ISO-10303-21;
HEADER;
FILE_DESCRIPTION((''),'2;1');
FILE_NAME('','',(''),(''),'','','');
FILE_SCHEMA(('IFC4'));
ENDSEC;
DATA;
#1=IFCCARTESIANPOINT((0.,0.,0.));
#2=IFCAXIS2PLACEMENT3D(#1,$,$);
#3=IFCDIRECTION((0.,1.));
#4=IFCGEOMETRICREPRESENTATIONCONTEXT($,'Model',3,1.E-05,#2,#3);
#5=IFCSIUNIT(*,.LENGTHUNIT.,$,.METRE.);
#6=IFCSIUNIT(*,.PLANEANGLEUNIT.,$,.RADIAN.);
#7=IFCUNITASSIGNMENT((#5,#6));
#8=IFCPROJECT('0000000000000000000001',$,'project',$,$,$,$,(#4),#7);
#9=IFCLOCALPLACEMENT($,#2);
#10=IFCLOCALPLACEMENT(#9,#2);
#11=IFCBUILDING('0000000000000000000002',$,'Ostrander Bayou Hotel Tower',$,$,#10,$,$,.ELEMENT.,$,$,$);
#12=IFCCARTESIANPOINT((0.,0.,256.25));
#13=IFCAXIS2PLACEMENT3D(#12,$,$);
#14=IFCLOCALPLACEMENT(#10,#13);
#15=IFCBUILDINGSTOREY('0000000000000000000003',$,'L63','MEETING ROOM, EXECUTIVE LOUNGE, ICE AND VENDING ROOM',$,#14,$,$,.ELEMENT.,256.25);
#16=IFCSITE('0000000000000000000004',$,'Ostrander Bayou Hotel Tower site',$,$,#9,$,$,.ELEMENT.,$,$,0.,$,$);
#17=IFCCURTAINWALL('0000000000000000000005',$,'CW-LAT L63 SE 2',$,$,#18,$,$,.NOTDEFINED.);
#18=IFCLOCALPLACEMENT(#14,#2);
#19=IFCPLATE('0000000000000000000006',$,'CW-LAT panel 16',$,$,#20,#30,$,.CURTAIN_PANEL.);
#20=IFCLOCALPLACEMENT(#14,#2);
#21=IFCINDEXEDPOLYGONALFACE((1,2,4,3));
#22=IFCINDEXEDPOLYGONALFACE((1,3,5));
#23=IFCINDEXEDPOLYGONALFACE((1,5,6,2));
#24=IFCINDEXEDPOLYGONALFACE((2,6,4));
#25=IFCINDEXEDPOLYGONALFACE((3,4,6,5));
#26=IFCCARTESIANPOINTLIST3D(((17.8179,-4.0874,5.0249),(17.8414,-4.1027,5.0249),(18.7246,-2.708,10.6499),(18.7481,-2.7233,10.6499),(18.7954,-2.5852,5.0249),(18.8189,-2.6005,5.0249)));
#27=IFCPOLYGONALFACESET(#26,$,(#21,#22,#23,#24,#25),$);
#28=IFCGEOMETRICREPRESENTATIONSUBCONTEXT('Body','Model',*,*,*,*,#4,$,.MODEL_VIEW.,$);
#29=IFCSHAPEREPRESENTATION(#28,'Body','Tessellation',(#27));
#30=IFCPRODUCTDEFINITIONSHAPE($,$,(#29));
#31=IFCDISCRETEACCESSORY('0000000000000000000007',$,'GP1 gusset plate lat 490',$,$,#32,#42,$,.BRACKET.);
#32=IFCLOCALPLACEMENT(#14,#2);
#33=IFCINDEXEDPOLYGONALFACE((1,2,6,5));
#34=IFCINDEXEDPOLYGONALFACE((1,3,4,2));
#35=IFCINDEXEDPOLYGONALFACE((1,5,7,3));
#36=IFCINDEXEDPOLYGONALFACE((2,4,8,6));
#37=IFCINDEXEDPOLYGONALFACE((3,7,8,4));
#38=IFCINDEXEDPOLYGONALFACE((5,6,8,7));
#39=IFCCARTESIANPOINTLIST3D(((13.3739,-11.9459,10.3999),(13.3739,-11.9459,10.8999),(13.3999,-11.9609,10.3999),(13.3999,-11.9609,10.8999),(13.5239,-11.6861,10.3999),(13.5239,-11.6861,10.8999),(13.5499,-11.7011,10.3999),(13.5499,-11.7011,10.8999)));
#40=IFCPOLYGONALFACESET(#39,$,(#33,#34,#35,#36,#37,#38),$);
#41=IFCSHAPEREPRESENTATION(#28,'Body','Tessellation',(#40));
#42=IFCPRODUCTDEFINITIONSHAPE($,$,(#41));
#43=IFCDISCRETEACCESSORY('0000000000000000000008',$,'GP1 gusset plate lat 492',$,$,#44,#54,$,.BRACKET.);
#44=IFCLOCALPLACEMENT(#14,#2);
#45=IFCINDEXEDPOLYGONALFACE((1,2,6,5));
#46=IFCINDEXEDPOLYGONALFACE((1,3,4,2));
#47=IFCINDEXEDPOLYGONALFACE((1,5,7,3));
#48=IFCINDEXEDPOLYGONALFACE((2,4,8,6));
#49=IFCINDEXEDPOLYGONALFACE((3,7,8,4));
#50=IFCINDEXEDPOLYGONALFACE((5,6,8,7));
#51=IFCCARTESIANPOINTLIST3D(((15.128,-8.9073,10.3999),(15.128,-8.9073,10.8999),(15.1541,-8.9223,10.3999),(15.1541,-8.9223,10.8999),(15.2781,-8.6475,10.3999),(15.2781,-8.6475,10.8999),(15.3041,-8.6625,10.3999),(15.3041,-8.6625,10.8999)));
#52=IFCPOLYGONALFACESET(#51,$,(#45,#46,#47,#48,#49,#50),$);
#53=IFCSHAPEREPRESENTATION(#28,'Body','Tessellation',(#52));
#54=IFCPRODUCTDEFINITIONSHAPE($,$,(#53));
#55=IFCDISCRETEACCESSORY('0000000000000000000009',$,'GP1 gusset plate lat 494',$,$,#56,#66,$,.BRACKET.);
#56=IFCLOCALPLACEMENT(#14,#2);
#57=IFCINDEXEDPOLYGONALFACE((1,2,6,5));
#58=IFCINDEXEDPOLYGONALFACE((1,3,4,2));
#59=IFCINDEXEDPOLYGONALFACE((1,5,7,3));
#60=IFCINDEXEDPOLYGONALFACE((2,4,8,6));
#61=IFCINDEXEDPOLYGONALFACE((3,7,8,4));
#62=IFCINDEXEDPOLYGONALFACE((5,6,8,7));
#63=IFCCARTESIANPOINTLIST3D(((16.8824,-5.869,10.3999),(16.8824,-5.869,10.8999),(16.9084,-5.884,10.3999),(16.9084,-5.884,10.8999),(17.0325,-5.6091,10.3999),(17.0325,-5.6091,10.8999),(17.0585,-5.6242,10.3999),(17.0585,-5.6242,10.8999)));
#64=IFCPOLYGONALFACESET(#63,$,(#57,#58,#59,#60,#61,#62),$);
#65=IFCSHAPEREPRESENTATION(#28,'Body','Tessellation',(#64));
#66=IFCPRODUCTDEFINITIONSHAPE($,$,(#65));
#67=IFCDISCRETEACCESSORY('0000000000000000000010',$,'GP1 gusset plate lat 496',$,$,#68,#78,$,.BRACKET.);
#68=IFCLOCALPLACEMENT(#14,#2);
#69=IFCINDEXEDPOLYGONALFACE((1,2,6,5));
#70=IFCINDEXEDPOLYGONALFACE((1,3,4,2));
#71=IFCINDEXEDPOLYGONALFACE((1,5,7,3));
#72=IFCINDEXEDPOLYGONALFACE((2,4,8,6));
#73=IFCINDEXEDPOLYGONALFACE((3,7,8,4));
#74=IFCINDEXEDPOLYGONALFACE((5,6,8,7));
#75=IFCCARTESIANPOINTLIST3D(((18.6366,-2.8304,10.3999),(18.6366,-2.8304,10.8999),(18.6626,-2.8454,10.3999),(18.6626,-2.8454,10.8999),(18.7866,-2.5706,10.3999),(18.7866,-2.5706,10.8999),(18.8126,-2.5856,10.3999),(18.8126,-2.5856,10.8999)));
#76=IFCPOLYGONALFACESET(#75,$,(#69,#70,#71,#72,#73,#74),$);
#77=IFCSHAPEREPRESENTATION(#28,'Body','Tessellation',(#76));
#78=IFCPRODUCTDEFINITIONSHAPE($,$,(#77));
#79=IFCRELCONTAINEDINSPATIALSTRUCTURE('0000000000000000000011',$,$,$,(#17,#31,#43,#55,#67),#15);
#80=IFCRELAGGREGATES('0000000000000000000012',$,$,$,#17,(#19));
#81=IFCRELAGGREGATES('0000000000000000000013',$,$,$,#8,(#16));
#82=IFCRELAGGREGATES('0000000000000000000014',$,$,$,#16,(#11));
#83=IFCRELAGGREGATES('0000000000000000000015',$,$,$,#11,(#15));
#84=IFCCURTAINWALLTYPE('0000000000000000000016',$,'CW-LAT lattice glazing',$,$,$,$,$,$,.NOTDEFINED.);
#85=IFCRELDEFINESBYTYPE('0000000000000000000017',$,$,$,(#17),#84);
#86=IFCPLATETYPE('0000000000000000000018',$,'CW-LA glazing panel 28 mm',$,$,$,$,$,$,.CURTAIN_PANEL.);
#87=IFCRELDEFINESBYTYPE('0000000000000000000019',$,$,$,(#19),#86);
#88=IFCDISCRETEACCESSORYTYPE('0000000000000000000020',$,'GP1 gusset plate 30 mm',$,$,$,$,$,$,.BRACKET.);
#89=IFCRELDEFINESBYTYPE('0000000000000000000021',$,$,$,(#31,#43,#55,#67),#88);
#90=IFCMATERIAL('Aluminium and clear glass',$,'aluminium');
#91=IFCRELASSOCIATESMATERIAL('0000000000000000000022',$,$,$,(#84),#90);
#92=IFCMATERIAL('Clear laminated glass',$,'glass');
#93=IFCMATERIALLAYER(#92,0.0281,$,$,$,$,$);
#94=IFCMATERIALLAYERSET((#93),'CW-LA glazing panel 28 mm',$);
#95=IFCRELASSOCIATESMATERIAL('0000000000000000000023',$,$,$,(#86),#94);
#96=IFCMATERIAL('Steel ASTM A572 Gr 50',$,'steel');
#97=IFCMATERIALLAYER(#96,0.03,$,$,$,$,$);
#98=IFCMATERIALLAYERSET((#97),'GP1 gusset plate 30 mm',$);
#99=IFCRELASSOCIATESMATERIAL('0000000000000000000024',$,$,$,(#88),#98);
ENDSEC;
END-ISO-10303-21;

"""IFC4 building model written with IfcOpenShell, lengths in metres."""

from ifc_helpers import new_model, si_unit, direction, frame, origin, origin_2d, place, context, subcontext, project, spatial, polyline, rectangle, outline, extrude, material, layer, layer_set, type_object, element, aggregate, save


model = new_model("IFC4")

# Units and contexts
model_context = context("Model", 3, precision=1e-05, world=origin(), true_north=direction((0.0, 1.0)))
body_context = subcontext(model_context, "Body", "Model", "MODEL_VIEW")
ifc_project = project(units=[si_unit("LENGTHUNIT", "METRE"), si_unit("PLANEANGLEUNIT", "RADIAN")], contexts=[model_context])

# Site, building, storey
site_placement = place(None, origin())
site = spatial("IfcSite", under=ifc_project, at=site_placement, Name="Ostrander Bayou Hotel Tower site", CompositionType="ELEMENT", RefElevation=0.0)
building_placement = place(site_placement, origin())
building = spatial("IfcBuilding", under=site, at=building_placement, Name="Ostrander Bayou Hotel Tower", CompositionType="ELEMENT")
storey_placement = place(building_placement, frame((0.0, 0.0, 256.25)))
storey = spatial("IfcBuildingStorey", under=building, at=storey_placement, Name="L63", Description="MEETING ROOM, EXECUTIVE LOUNGE, ICE AND VENDING ROOM", CompositionType="ELEMENT", Elevation=256.25)

# Curtain wall
ifc_material_1 = material(Name="Aluminium and clear glass", Category="aluminium")
curtain_wall_type = type_object("IfcCurtainWallType", Name="CW-LAT lattice glazing", PredefinedType="NOTDEFINED", material=ifc_material_1)
curtain_wall_1_placement = place(storey_placement, origin())
curtain_wall_1 = element("IfcCurtainWall", 1, at=curtain_wall_1_placement, inside=storey, type_object=curtain_wall_type, Name="CW-LAT L63 SE 2", PredefinedType="NOTDEFINED")

# Shared definitions
ifc_material_2 = material(Name="Clear laminated glass", Category="glass")
ifc_layer_1 = layer(ifc_material_2, 0.0281)
ifc_layer_set_1 = layer_set([ifc_layer_1], Name="CW-LA glazing panel 28 mm")
plate_type = type_object("IfcPlateType", Name="CW-LA glazing panel 28 mm", PredefinedType="CURTAIN_PANEL", material=ifc_layer_set_1)

# Plate
plate_1_placement = place(storey_placement, frame((17.8179, -4.0874, 5.0249), z_axis=(-0.83816, 0.545423, 0.001358), x_axis=(0.154675, 0.235303, 0.959535)))
plate_1 = element("IfcPlate", 2, at=plate_1_placement, type_object=plate_type, Name="CW-LAT panel 16", PredefinedType="CURTAIN_PANEL", context=body_context, shape_type="SweptSolid", body=[
    extrude(outline(polyline([(0.0, 0.0), (5.8622, 0.0), (0.5047, 1.7197), (0.0, 0.0)])), origin(), (0.0, 0.0, -1.0), 0.0281),
])
aggregate(curtain_wall_1, [plate_1])

# Discrete accessories
ifc_material_3 = material(Name="Steel ASTM A572 Gr 50", Category="steel")
ifc_layer_2 = layer(ifc_material_3, 0.03)
ifc_layer_set_2 = layer_set([ifc_layer_2], Name="GP1 gusset plate 30 mm")
discrete_accessory_type = type_object("IfcDiscreteAccessoryType", Name="GP1 gusset plate 30 mm", PredefinedType="BRACKET", material=ifc_layer_set_2)
for number, where, z_axis, x_axis, name in (
    (3, (13.4619, -11.8235, 10.3999), (0.0, 0.0, 1.0), (0.5, 0.866025, 0.0), "GP1 gusset plate lat 490"),
    (4, (15.2161, -8.7849, 10.3999), (0.0, 0.0, 1.0), (0.5, 0.866025, 0.0), "GP1 gusset plate lat 492"),
    (5, (16.9705, -5.7466, 10.3999), (0.0, 0.0, 1.0), (0.5, 0.866025, 0.0), "GP1 gusset plate lat 494"),
    (6, (18.7246, -2.708, 10.3999), (0.0, 0.0, 1.0), (0.5, 0.866025, 0.0), "GP1 gusset plate lat 496"),
):
    element("IfcDiscreteAccessory", number, at=place(storey_placement, frame(where, z_axis=z_axis, x_axis=x_axis)), inside=storey, type_object=discrete_accessory_type, Name=name, PredefinedType="BRACKET", context=body_context, shape_type="SweptSolid", body=[
        extrude(rectangle(XDim=0.3, YDim=0.03, at=origin_2d()), origin(), (0.0, 0.0, 1.0), 0.5),
    ])

save(model, "model.ifc")
